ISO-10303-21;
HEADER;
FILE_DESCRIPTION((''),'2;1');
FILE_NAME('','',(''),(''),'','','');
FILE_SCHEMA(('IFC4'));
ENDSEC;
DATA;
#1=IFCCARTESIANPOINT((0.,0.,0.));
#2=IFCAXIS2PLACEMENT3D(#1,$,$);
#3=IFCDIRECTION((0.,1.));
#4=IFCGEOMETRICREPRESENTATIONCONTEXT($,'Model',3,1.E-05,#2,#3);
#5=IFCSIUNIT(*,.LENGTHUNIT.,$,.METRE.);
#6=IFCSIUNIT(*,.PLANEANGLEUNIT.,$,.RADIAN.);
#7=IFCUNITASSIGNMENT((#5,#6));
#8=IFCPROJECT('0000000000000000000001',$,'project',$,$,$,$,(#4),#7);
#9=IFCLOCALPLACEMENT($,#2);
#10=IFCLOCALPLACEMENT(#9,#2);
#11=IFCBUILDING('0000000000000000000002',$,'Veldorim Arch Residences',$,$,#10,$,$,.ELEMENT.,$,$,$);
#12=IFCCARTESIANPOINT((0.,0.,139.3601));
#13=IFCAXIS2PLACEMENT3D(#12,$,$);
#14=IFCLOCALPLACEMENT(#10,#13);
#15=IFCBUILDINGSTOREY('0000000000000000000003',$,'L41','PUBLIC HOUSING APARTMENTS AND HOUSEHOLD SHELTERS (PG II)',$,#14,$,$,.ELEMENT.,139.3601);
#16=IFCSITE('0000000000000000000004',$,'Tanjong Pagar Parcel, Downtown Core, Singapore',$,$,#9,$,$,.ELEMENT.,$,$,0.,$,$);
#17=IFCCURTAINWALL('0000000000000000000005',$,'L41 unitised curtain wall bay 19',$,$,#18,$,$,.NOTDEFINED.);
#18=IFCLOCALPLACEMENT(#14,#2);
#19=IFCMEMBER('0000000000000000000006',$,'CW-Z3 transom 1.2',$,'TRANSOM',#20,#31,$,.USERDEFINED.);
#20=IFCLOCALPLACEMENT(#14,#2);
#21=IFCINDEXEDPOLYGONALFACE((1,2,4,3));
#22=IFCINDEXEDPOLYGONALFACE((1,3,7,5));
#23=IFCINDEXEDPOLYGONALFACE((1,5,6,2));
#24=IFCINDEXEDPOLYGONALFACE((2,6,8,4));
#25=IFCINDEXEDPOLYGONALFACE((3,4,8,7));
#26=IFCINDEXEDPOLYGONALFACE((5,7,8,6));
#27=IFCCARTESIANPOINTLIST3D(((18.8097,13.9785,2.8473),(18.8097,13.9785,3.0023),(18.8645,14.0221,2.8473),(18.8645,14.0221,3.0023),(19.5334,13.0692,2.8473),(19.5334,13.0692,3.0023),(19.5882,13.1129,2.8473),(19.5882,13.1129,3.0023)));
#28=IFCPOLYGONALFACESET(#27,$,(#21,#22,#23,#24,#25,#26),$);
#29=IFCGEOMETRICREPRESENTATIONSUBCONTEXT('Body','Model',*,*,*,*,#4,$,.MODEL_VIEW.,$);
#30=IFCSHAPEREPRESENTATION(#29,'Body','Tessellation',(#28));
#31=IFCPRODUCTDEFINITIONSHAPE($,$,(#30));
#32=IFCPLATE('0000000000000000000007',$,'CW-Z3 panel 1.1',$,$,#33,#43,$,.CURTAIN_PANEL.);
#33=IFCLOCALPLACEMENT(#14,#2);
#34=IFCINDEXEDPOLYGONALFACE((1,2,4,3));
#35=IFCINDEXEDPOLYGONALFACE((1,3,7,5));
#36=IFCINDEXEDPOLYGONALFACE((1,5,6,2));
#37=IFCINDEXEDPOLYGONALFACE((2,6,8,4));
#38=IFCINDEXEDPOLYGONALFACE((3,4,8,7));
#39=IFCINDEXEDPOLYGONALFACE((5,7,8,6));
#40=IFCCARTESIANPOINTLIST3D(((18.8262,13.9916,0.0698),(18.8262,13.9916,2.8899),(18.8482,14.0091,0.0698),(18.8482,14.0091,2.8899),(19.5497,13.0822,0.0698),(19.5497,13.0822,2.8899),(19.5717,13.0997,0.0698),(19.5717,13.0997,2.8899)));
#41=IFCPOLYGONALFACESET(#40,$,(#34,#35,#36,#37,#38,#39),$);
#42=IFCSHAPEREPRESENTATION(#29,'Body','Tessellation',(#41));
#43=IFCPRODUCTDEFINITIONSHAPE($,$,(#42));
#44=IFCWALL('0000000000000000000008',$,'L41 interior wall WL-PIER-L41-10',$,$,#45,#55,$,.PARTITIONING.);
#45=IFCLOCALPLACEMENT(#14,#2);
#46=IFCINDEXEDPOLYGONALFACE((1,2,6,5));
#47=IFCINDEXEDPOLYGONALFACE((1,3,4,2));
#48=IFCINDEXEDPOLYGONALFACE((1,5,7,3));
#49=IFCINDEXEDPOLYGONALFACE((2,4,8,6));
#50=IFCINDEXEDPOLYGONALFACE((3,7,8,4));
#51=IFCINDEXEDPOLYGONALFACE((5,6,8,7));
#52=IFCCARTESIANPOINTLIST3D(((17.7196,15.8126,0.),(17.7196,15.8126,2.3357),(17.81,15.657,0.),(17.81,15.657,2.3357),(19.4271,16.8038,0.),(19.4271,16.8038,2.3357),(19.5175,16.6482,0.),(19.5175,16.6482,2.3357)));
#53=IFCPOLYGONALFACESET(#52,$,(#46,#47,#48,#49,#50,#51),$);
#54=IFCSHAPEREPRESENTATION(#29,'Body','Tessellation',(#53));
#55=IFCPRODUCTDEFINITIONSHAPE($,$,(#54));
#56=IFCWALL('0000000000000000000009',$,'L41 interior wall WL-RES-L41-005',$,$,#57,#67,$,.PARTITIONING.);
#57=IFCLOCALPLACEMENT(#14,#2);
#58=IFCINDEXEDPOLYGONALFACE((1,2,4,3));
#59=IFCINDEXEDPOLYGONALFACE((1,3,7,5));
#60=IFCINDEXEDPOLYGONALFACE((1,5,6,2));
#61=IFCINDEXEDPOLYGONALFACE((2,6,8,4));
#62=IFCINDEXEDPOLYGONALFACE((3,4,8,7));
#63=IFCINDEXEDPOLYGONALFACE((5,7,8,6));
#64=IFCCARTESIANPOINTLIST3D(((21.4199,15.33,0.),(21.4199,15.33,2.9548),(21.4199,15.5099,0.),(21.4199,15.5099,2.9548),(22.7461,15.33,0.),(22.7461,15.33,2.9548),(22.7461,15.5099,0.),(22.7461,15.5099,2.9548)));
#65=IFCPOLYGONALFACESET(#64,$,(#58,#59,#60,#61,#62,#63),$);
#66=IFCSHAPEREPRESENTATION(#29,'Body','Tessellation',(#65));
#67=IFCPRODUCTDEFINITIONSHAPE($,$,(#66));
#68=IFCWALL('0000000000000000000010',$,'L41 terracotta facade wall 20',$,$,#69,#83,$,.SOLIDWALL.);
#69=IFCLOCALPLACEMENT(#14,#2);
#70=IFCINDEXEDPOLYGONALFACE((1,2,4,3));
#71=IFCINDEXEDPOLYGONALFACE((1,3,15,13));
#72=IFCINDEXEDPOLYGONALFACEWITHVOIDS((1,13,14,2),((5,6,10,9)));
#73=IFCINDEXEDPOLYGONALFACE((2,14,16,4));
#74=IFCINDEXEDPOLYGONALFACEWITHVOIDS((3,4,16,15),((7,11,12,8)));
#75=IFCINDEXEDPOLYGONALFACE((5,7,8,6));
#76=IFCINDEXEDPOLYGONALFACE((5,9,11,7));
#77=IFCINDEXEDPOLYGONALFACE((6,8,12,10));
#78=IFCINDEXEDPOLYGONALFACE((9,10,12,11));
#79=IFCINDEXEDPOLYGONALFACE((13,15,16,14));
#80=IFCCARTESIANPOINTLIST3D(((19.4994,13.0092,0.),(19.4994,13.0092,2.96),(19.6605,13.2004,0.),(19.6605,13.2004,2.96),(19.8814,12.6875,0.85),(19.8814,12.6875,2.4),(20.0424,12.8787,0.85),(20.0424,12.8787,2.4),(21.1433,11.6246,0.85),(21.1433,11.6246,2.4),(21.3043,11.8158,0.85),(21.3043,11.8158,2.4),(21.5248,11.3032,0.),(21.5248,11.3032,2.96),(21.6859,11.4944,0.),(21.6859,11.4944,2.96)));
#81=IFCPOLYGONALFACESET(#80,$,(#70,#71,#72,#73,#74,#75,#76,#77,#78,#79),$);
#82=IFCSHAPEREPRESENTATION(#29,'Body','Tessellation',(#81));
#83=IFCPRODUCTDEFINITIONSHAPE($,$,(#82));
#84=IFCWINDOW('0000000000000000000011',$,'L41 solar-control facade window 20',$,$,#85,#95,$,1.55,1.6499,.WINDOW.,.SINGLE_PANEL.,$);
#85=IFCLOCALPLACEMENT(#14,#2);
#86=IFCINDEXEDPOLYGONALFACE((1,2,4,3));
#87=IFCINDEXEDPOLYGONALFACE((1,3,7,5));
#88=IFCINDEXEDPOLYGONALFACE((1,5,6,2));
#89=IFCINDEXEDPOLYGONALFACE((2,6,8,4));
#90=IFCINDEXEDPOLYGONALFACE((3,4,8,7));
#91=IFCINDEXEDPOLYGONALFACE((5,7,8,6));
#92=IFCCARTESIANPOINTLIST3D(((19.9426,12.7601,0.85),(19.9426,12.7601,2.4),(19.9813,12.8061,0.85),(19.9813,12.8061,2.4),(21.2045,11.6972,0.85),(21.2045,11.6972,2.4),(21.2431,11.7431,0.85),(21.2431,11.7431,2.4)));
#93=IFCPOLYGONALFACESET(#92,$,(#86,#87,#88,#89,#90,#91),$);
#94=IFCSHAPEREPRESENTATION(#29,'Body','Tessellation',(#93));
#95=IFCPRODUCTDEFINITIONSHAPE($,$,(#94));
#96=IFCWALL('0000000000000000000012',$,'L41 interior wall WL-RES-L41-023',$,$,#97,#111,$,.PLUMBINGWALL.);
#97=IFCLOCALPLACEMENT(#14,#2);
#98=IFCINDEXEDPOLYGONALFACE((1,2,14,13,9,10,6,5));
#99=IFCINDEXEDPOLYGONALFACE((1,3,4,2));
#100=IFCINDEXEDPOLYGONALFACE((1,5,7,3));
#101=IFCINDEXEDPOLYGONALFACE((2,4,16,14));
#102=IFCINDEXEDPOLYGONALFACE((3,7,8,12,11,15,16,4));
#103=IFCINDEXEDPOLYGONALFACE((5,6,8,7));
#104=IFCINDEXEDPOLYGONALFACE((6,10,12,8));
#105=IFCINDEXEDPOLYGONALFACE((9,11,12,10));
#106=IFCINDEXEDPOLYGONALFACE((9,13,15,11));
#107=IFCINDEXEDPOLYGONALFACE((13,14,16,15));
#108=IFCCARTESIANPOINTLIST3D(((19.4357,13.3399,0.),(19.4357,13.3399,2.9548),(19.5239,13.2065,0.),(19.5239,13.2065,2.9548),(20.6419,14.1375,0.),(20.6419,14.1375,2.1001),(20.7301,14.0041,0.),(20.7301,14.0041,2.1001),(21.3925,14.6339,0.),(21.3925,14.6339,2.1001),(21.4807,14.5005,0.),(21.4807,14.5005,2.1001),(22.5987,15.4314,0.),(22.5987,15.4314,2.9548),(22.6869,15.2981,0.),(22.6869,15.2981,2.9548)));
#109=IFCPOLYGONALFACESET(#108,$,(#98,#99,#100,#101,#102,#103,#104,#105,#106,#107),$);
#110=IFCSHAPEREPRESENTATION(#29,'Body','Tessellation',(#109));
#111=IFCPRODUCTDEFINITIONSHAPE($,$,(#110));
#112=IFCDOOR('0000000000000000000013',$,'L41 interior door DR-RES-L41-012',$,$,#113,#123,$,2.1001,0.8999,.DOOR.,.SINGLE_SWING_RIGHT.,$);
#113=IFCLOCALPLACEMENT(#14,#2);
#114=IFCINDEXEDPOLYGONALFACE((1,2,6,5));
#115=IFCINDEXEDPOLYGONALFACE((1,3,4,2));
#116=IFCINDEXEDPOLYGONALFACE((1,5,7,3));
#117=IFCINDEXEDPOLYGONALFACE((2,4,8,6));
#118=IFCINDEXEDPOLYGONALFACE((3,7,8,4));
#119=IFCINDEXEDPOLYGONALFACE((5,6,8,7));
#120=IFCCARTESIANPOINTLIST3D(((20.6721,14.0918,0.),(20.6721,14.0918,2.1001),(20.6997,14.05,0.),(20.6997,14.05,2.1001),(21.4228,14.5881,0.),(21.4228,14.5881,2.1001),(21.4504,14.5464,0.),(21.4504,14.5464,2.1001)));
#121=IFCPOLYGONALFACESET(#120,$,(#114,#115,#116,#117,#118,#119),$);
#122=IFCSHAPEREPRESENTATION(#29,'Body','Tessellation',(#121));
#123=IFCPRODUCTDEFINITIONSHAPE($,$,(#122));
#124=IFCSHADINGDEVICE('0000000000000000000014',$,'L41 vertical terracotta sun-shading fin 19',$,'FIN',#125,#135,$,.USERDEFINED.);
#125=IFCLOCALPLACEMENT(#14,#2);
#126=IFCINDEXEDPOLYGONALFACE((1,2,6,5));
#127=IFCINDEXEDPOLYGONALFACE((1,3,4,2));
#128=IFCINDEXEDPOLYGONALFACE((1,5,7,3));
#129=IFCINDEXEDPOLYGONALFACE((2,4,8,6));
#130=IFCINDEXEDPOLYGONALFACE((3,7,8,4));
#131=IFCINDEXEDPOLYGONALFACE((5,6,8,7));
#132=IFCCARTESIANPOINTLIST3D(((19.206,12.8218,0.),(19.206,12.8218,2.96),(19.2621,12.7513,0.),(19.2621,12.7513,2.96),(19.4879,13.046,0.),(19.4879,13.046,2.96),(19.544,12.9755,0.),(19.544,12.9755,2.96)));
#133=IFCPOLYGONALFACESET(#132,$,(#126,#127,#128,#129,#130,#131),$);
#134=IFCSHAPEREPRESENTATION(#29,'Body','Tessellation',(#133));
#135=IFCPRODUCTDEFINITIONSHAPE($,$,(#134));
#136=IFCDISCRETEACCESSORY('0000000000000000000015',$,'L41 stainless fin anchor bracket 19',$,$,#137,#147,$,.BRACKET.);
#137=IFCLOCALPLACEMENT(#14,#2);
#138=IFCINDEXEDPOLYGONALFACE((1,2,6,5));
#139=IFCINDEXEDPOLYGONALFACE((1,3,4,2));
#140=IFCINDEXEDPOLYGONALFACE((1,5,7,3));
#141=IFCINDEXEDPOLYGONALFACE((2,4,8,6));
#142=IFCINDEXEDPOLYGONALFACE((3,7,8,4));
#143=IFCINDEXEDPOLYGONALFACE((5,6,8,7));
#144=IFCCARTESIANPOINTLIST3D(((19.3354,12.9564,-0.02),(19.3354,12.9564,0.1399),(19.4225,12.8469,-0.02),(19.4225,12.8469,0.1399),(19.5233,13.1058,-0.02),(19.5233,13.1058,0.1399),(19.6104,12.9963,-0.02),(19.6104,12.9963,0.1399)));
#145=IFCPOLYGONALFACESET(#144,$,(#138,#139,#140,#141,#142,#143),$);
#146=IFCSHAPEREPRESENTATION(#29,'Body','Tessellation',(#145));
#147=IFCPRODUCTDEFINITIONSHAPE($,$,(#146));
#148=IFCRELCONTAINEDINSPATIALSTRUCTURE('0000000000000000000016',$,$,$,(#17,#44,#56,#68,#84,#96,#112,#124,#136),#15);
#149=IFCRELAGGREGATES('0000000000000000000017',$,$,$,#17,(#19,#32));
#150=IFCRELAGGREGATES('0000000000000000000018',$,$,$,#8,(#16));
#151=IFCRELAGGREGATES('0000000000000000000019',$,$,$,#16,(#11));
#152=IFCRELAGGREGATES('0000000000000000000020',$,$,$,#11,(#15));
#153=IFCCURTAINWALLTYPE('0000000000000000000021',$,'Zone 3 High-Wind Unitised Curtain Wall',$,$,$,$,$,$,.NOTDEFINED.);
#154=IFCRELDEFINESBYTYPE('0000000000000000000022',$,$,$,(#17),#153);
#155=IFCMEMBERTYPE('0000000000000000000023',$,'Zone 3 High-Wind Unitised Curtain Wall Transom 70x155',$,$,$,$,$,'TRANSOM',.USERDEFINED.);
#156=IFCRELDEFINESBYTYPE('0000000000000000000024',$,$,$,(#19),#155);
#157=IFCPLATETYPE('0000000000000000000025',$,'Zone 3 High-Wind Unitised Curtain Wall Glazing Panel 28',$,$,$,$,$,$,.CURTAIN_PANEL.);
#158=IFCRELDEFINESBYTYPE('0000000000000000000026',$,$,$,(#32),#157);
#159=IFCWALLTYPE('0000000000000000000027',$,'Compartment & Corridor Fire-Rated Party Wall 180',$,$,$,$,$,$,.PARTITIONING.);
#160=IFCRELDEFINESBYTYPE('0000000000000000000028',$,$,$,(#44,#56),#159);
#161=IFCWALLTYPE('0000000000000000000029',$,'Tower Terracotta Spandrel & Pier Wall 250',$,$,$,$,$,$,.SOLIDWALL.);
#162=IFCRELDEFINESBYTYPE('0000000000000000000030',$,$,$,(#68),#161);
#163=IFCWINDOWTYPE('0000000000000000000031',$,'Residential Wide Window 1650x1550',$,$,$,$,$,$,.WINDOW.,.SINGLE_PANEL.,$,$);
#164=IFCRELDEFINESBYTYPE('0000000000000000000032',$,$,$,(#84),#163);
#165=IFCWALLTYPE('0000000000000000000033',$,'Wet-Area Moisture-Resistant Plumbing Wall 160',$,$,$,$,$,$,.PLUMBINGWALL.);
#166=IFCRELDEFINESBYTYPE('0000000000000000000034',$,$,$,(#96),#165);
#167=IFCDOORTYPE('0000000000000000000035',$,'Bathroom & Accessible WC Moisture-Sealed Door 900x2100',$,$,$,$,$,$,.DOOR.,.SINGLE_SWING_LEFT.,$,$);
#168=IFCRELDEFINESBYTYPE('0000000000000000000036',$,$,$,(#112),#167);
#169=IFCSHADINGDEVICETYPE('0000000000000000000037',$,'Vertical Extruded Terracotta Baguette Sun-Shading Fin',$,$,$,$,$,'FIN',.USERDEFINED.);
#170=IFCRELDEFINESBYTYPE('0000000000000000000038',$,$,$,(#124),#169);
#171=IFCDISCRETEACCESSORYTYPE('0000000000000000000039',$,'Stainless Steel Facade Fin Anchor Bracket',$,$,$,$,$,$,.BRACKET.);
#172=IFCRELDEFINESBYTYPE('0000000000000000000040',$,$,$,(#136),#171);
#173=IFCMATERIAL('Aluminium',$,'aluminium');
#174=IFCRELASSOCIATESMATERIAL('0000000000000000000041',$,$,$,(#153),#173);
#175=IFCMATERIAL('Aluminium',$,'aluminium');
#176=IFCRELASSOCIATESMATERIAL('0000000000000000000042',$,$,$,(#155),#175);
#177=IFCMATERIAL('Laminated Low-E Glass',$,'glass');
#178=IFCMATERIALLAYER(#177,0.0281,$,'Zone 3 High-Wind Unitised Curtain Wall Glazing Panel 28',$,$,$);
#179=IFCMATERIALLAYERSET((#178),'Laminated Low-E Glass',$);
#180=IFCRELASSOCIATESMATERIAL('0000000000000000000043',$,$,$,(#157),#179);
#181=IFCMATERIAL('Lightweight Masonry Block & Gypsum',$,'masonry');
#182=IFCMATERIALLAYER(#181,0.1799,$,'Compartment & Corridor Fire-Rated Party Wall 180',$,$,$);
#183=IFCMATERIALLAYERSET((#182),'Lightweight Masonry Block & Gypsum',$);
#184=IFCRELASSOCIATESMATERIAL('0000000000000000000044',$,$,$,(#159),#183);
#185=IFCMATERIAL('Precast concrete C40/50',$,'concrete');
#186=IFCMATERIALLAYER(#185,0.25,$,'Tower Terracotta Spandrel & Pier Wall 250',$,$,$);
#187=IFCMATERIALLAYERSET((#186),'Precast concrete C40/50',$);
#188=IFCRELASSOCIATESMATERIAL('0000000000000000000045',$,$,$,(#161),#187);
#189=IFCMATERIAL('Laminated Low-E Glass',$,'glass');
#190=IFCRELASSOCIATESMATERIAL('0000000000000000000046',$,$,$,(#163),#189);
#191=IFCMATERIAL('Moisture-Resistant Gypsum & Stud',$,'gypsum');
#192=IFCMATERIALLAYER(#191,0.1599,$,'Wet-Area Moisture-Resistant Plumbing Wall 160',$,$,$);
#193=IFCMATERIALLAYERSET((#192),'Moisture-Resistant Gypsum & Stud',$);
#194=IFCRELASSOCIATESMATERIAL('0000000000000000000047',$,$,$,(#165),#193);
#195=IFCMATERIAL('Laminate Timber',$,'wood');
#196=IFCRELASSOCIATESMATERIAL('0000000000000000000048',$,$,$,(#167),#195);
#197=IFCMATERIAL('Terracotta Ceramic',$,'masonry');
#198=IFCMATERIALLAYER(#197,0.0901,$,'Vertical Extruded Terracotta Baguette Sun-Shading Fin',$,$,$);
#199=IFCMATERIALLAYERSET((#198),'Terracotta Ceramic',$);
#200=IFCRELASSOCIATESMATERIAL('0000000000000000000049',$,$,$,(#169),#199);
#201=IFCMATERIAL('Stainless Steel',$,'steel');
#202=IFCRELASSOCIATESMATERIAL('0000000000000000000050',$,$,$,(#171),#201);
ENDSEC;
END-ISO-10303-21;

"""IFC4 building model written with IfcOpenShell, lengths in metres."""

from ifc_helpers import new_model, si_unit, direction, frame, frame_2d, origin, origin_2d, place, context, subcontext, project, spatial, rectangle, extrude, material, layer, layer_set, material_profile, profile_set, type_object, element, fill, aggregate, save


model = new_model("IFC4")

# Units and contexts
model_context = context("Model", 3, precision=1e-05, world=origin(), true_north=direction((0.0, 1.0)))
body_context = subcontext(model_context, "Body", "Model", "MODEL_VIEW")
ifc_project = project(units=[si_unit("LENGTHUNIT", "METRE"), si_unit("PLANEANGLEUNIT", "RADIAN")], contexts=[model_context])

# Site, building, storey
site_placement = place(None, origin())
site = spatial("IfcSite", under=ifc_project, at=site_placement, Name="Tanjong Pagar Parcel, Downtown Core, Singapore", CompositionType="ELEMENT", RefElevation=0.0)
building_placement = place(site_placement, origin())
building = spatial("IfcBuilding", under=site, at=building_placement, Name="Veldorim Arch Residences", CompositionType="ELEMENT")
storey_placement = place(building_placement, frame((0.0, 0.0, 139.3601)))
storey = spatial("IfcBuildingStorey", under=building, at=storey_placement, Name="L41", Description="PUBLIC HOUSING APARTMENTS AND HOUSEHOLD SHELTERS (PG II)", CompositionType="ELEMENT", Elevation=139.3601)

# Curtain wall, member, plate
ifc_material_1 = material(Name="Aluminium", Category="aluminium")
curtain_wall_type = type_object("IfcCurtainWallType", Name="Zone 3 High-Wind Unitised Curtain Wall", PredefinedType="NOTDEFINED", material=ifc_material_1)
curtain_wall_placement = place(storey_placement, origin())
curtain_wall = element("IfcCurtainWall", 1, at=curtain_wall_placement, inside=storey, type_object=curtain_wall_type, Name="L41 unitised curtain wall bay 19", PredefinedType="NOTDEFINED")
ifc_material_2 = material(Name="Aluminium", Category="aluminium")
ifc_material_profile_1 = material_profile(ifc_material_2, rectangle(XDim=0.0701, YDim=0.155, at=origin_2d()), Name="ALU_TRN_70x155")
ifc_profile_set_1 = profile_set([ifc_material_profile_1], Name="Aluminium")
member_type_1 = type_object("IfcMemberType", Name="Zone 3 High-Wind Unitised Curtain Wall Transom 70x155", ElementType="TRANSOM", PredefinedType="USERDEFINED", material=ifc_profile_set_1)
member_1_placement = place(storey_placement, frame((19.5608, 13.0911, 2.9248), z_axis=(-0.622746, 0.782424, 0.0), x_axis=(-0.782424, -0.622746, 0.0)))
member_1 = element("IfcMember", 2, at=member_1_placement, type_object=member_type_1, Name="CW-Z3 transom 1.2", ObjectType="TRANSOM", PredefinedType="USERDEFINED", context=body_context, shape_type="SweptSolid", body=[
    extrude(rectangle(XDim=0.0701, YDim=0.155, at=origin_2d()), origin(), (0.0, 0.0, 1.0), 1.1621),
])
ifc_material_3 = material(Name="Laminated Low-E Glass", Category="glass")
ifc_layer_1 = layer(ifc_material_3, 0.0281, Name="Zone 3 High-Wind Unitised Curtain Wall Glazing Panel 28")
ifc_layer_set_1 = layer_set([ifc_layer_1], Name="Laminated Low-E Glass")
plate_type = type_object("IfcPlateType", Name="Zone 3 High-Wind Unitised Curtain Wall Glazing Panel 28", PredefinedType="CURTAIN_PANEL", material=ifc_layer_set_1)
plate_placement = place(storey_placement, frame((19.199, 13.5457, 0.0698), z_axis=(0.0, 0.0, 1.0), x_axis=(-0.62258, 0.782556, 0.0)))
plate = element("IfcPlate", 3, at=plate_placement, type_object=plate_type, Name="CW-Z3 panel 1.1", PredefinedType="CURTAIN_PANEL", context=body_context, shape_type="SweptSolid", body=[
    extrude(rectangle(XDim=1.1621, YDim=0.0281, at=origin_2d()), origin(), (0.0, 0.0, 1.0), 2.8201),
])
aggregate(curtain_wall, [member_1, plate])

# Walls
ifc_material_4 = material(Name="Lightweight Masonry Block & Gypsum", Category="masonry")
ifc_layer_2 = layer(ifc_material_4, 0.1799, Name="Compartment & Corridor Fire-Rated Party Wall 180")
ifc_layer_set_2 = layer_set([ifc_layer_2], Name="Lightweight Masonry Block & Gypsum")
wall_type_1 = type_object("IfcWallType", Name="Compartment & Corridor Fire-Rated Party Wall 180", PredefinedType="PARTITIONING", material=ifc_layer_set_2)
wall_1_placement = place(storey_placement, frame((19.4724, 16.7261, 0.0), z_axis=(0.0, 0.0, 1.0), x_axis=(-0.864844, -0.50204, 0.0)))
element("IfcWall", 4, at=wall_1_placement, inside=storey, type_object=wall_type_1, Name="L41 interior wall WL-PIER-L41-10", PredefinedType="PARTITIONING", context=body_context, shape_type="SweptSolid", body=[
    extrude(rectangle(XDim=1.9744, YDim=0.1799, at=frame_2d((0.9873, 0.0))), origin(), (0.0, 0.0, 1.0), 2.3357),
])
wall_2_placement = place(storey_placement, frame((22.7461, 15.4199, 0.0), z_axis=(0.0, 0.0, 1.0), x_axis=(-1.0, 0.0, 0.0)))
element("IfcWall", 5, at=wall_2_placement, inside=storey, type_object=wall_type_1, Name="L41 interior wall WL-RES-L41-005", PredefinedType="PARTITIONING", context=body_context, shape_type="SweptSolid", body=[
    extrude(rectangle(XDim=1.3262, YDim=0.1799, at=frame_2d((0.6631, 0.0))), origin(), (0.0, 0.0, 1.0), 2.9548),
])

# Wall, opening, window
ifc_material_5 = material(Name="Precast concrete C40/50", Category="concrete")
ifc_layer_3 = layer(ifc_material_5, 0.25, Name="Tower Terracotta Spandrel & Pier Wall 250")
ifc_layer_set_3 = layer_set([ifc_layer_3], Name="Precast concrete C40/50")
wall_type_2 = type_object("IfcWallType", Name="Tower Terracotta Spandrel & Pier Wall 250", PredefinedType="SOLIDWALL", material=ifc_layer_set_3)
wall_3_placement = place(storey_placement, frame((21.6055, 11.3987, 0.0), z_axis=(0.0, 0.0, 1.0), x_axis=(-0.764825, 0.644238, 0.0)))
wall_3 = element("IfcWall", 6, at=wall_3_placement, inside=storey, type_object=wall_type_2, Name="L41 terracotta facade wall 20", PredefinedType="SOLIDWALL", context=body_context, shape_type="SweptSolid", body=[
    extrude(rectangle(XDim=2.6482, YDim=0.25, at=frame_2d((1.3242, 0.0))), origin(), (0.0, 0.0, 1.0), 2.96),
])
opening_1_placement = place(wall_3_placement, frame((0.499, 0.0, 0.8501)))
opening_1 = element("IfcOpeningElement", 7, at=opening_1_placement, cuts=wall_3, PredefinedType="OPENING", context=body_context, shape_type="SweptSolid", body=[
    extrude(rectangle(XDim=1.6499, YDim=1.55, at=frame_2d((0.825, 0.7749))), frame((0.0, 0.135, 0.0), z_axis=(0.0, -1.0, 0.0), x_axis=(1.0, 0.0, 0.0)), (0.0, 0.0, 1.0), 0.27),
])
ifc_material_6 = material(Name="Laminated Low-E Glass", Category="glass")
window_type = type_object("IfcWindowType", Name="Residential Wide Window 1650x1550", PartitioningType="SINGLE_PANEL", PredefinedType="WINDOW", material=ifc_material_6)
window_placement = place(opening_1_placement, origin())
window = element("IfcWindow", 8, at=window_placement, inside=storey, type_object=window_type, Name="L41 solar-control facade window 20", OverallHeight=1.55, OverallWidth=1.6499, PartitioningType="SINGLE_PANEL", PredefinedType="WINDOW", context=body_context, shape_type="SweptSolid", body=[
    extrude(rectangle(XDim=1.6499, YDim=1.55, at=frame_2d((0.825, 0.7749))), frame((0.0, 0.03, 0.0), z_axis=(0.0, -1.0, 0.0), x_axis=(1.0, 0.0, 0.0)), (0.0, 0.0, 1.0), 0.0601),
])
fill(opening_1, window)

# Wall, opening, door
ifc_material_7 = material(Name="Moisture-Resistant Gypsum & Stud", Category="gypsum")
ifc_layer_4 = layer(ifc_material_7, 0.1599, Name="Wet-Area Moisture-Resistant Plumbing Wall 160")
ifc_layer_set_4 = layer_set([ifc_layer_4], Name="Moisture-Resistant Gypsum & Stud")
wall_type_3 = type_object("IfcWallType", Name="Wet-Area Moisture-Resistant Plumbing Wall 160", PredefinedType="PLUMBINGWALL", material=ifc_layer_set_4)
wall_4_placement = place(storey_placement, frame((22.6428, 15.3647, 0.0), z_axis=(0.0, 0.0, 1.0), x_axis=(-0.834134, -0.551561, 0.0)))
wall_4 = element("IfcWall", 9, at=wall_4_placement, inside=storey, type_object=wall_type_3, Name="L41 interior wall WL-RES-L41-023", PredefinedType="PLUMBINGWALL", context=body_context, shape_type="SweptSolid", body=[
    extrude(rectangle(XDim=3.792, YDim=0.1599, at=frame_2d((1.896, 0.0))), origin(), (0.0, 0.0, 1.0), 2.9548),
])
opening_2_placement = place(wall_4_placement, frame((1.446, 0.0, 0.0)))
opening_2 = element("IfcOpeningElement", 10, at=opening_2_placement, cuts=wall_4, PredefinedType="OPENING", context=body_context, shape_type="SweptSolid", body=[
    extrude(rectangle(XDim=0.8999, YDim=2.1001, at=frame_2d((0.45, 1.05))), frame((0.0, 0.0898, 0.0), z_axis=(0.0, -1.0, 0.0), x_axis=(1.0, 0.0, 0.0)), (0.0, 0.0, 1.0), 0.1799),
])
ifc_material_8 = material(Name="Laminate Timber", Category="wood")
door_type_1 = type_object("IfcDoorType", Name="Bathroom & Accessible WC Moisture-Sealed Door 900x2100", OperationType="SINGLE_SWING_LEFT", PredefinedType="DOOR", material=ifc_material_8)
door_1_placement = place(opening_2_placement, origin())
door_1 = element("IfcDoor", 11, at=door_1_placement, inside=storey, type_object=door_type_1, Name="L41 interior door DR-RES-L41-012", OperationType="SINGLE_SWING_RIGHT", OverallHeight=2.1001, OverallWidth=0.8999, PredefinedType="DOOR", context=body_context, shape_type="SweptSolid", body=[
    extrude(rectangle(XDim=0.8999, YDim=2.1001, at=frame_2d((0.45, 1.05))), frame((0.0, 0.0249, 0.0), z_axis=(0.0, -1.0, 0.0), x_axis=(1.0, 0.0, 0.0)), (0.0, 0.0, 1.0), 0.05),
])
fill(opening_2, door_1)

# Shading device
ifc_material_9 = material(Name="Terracotta Ceramic", Category="masonry")
ifc_layer_5 = layer(ifc_material_9, 0.0901, Name="Vertical Extruded Terracotta Baguette Sun-Shading Fin")
ifc_layer_set_5 = layer_set([ifc_layer_5], Name="Terracotta Ceramic")
shading_device_type = type_object("IfcShadingDeviceType", Name="Vertical Extruded Terracotta Baguette Sun-Shading Fin", ElementType="FIN", PredefinedType="USERDEFINED", material=ifc_layer_set_5)
shading_device_placement = place(storey_placement, frame((19.375, 12.8987, 0.0), z_axis=(0.0, 0.0, 1.0), x_axis=(-0.622515, 0.782608, 0.0)))
element("IfcShadingDevice", 12, at=shading_device_placement, inside=storey, type_object=shading_device_type, Name="L41 vertical terracotta sun-shading fin 19", ObjectType="FIN", PredefinedType="USERDEFINED", context=body_context, shape_type="SweptSolid", body=[
    extrude(rectangle(XDim=0.0901, YDim=0.3601, at=origin_2d()), origin(), (0.0, 0.0, 1.0), 2.96),
])

# Discrete accessory
ifc_material_10 = material(Name="Stainless Steel", Category="steel")
discrete_accessory_type = type_object("IfcDiscreteAccessoryType", Name="Stainless Steel Facade Fin Anchor Bracket", PredefinedType="BRACKET", material=ifc_material_10)
discrete_accessory_placement = place(storey_placement, frame((19.4729, 12.9763, -0.02), z_axis=(0.0, 0.0, 1.0), x_axis=(-0.622515, 0.782608, 0.0)))
element("IfcDiscreteAccessory", 13, at=discrete_accessory_placement, inside=storey, type_object=discrete_accessory_type, Name="L41 stainless fin anchor bracket 19", PredefinedType="BRACKET", context=body_context, shape_type="SweptSolid", body=[
    extrude(rectangle(XDim=0.1399, YDim=0.24, at=origin_2d()), origin(), (0.0, 0.0, 1.0), 0.1599),
])

save(model, "model.ifc")
